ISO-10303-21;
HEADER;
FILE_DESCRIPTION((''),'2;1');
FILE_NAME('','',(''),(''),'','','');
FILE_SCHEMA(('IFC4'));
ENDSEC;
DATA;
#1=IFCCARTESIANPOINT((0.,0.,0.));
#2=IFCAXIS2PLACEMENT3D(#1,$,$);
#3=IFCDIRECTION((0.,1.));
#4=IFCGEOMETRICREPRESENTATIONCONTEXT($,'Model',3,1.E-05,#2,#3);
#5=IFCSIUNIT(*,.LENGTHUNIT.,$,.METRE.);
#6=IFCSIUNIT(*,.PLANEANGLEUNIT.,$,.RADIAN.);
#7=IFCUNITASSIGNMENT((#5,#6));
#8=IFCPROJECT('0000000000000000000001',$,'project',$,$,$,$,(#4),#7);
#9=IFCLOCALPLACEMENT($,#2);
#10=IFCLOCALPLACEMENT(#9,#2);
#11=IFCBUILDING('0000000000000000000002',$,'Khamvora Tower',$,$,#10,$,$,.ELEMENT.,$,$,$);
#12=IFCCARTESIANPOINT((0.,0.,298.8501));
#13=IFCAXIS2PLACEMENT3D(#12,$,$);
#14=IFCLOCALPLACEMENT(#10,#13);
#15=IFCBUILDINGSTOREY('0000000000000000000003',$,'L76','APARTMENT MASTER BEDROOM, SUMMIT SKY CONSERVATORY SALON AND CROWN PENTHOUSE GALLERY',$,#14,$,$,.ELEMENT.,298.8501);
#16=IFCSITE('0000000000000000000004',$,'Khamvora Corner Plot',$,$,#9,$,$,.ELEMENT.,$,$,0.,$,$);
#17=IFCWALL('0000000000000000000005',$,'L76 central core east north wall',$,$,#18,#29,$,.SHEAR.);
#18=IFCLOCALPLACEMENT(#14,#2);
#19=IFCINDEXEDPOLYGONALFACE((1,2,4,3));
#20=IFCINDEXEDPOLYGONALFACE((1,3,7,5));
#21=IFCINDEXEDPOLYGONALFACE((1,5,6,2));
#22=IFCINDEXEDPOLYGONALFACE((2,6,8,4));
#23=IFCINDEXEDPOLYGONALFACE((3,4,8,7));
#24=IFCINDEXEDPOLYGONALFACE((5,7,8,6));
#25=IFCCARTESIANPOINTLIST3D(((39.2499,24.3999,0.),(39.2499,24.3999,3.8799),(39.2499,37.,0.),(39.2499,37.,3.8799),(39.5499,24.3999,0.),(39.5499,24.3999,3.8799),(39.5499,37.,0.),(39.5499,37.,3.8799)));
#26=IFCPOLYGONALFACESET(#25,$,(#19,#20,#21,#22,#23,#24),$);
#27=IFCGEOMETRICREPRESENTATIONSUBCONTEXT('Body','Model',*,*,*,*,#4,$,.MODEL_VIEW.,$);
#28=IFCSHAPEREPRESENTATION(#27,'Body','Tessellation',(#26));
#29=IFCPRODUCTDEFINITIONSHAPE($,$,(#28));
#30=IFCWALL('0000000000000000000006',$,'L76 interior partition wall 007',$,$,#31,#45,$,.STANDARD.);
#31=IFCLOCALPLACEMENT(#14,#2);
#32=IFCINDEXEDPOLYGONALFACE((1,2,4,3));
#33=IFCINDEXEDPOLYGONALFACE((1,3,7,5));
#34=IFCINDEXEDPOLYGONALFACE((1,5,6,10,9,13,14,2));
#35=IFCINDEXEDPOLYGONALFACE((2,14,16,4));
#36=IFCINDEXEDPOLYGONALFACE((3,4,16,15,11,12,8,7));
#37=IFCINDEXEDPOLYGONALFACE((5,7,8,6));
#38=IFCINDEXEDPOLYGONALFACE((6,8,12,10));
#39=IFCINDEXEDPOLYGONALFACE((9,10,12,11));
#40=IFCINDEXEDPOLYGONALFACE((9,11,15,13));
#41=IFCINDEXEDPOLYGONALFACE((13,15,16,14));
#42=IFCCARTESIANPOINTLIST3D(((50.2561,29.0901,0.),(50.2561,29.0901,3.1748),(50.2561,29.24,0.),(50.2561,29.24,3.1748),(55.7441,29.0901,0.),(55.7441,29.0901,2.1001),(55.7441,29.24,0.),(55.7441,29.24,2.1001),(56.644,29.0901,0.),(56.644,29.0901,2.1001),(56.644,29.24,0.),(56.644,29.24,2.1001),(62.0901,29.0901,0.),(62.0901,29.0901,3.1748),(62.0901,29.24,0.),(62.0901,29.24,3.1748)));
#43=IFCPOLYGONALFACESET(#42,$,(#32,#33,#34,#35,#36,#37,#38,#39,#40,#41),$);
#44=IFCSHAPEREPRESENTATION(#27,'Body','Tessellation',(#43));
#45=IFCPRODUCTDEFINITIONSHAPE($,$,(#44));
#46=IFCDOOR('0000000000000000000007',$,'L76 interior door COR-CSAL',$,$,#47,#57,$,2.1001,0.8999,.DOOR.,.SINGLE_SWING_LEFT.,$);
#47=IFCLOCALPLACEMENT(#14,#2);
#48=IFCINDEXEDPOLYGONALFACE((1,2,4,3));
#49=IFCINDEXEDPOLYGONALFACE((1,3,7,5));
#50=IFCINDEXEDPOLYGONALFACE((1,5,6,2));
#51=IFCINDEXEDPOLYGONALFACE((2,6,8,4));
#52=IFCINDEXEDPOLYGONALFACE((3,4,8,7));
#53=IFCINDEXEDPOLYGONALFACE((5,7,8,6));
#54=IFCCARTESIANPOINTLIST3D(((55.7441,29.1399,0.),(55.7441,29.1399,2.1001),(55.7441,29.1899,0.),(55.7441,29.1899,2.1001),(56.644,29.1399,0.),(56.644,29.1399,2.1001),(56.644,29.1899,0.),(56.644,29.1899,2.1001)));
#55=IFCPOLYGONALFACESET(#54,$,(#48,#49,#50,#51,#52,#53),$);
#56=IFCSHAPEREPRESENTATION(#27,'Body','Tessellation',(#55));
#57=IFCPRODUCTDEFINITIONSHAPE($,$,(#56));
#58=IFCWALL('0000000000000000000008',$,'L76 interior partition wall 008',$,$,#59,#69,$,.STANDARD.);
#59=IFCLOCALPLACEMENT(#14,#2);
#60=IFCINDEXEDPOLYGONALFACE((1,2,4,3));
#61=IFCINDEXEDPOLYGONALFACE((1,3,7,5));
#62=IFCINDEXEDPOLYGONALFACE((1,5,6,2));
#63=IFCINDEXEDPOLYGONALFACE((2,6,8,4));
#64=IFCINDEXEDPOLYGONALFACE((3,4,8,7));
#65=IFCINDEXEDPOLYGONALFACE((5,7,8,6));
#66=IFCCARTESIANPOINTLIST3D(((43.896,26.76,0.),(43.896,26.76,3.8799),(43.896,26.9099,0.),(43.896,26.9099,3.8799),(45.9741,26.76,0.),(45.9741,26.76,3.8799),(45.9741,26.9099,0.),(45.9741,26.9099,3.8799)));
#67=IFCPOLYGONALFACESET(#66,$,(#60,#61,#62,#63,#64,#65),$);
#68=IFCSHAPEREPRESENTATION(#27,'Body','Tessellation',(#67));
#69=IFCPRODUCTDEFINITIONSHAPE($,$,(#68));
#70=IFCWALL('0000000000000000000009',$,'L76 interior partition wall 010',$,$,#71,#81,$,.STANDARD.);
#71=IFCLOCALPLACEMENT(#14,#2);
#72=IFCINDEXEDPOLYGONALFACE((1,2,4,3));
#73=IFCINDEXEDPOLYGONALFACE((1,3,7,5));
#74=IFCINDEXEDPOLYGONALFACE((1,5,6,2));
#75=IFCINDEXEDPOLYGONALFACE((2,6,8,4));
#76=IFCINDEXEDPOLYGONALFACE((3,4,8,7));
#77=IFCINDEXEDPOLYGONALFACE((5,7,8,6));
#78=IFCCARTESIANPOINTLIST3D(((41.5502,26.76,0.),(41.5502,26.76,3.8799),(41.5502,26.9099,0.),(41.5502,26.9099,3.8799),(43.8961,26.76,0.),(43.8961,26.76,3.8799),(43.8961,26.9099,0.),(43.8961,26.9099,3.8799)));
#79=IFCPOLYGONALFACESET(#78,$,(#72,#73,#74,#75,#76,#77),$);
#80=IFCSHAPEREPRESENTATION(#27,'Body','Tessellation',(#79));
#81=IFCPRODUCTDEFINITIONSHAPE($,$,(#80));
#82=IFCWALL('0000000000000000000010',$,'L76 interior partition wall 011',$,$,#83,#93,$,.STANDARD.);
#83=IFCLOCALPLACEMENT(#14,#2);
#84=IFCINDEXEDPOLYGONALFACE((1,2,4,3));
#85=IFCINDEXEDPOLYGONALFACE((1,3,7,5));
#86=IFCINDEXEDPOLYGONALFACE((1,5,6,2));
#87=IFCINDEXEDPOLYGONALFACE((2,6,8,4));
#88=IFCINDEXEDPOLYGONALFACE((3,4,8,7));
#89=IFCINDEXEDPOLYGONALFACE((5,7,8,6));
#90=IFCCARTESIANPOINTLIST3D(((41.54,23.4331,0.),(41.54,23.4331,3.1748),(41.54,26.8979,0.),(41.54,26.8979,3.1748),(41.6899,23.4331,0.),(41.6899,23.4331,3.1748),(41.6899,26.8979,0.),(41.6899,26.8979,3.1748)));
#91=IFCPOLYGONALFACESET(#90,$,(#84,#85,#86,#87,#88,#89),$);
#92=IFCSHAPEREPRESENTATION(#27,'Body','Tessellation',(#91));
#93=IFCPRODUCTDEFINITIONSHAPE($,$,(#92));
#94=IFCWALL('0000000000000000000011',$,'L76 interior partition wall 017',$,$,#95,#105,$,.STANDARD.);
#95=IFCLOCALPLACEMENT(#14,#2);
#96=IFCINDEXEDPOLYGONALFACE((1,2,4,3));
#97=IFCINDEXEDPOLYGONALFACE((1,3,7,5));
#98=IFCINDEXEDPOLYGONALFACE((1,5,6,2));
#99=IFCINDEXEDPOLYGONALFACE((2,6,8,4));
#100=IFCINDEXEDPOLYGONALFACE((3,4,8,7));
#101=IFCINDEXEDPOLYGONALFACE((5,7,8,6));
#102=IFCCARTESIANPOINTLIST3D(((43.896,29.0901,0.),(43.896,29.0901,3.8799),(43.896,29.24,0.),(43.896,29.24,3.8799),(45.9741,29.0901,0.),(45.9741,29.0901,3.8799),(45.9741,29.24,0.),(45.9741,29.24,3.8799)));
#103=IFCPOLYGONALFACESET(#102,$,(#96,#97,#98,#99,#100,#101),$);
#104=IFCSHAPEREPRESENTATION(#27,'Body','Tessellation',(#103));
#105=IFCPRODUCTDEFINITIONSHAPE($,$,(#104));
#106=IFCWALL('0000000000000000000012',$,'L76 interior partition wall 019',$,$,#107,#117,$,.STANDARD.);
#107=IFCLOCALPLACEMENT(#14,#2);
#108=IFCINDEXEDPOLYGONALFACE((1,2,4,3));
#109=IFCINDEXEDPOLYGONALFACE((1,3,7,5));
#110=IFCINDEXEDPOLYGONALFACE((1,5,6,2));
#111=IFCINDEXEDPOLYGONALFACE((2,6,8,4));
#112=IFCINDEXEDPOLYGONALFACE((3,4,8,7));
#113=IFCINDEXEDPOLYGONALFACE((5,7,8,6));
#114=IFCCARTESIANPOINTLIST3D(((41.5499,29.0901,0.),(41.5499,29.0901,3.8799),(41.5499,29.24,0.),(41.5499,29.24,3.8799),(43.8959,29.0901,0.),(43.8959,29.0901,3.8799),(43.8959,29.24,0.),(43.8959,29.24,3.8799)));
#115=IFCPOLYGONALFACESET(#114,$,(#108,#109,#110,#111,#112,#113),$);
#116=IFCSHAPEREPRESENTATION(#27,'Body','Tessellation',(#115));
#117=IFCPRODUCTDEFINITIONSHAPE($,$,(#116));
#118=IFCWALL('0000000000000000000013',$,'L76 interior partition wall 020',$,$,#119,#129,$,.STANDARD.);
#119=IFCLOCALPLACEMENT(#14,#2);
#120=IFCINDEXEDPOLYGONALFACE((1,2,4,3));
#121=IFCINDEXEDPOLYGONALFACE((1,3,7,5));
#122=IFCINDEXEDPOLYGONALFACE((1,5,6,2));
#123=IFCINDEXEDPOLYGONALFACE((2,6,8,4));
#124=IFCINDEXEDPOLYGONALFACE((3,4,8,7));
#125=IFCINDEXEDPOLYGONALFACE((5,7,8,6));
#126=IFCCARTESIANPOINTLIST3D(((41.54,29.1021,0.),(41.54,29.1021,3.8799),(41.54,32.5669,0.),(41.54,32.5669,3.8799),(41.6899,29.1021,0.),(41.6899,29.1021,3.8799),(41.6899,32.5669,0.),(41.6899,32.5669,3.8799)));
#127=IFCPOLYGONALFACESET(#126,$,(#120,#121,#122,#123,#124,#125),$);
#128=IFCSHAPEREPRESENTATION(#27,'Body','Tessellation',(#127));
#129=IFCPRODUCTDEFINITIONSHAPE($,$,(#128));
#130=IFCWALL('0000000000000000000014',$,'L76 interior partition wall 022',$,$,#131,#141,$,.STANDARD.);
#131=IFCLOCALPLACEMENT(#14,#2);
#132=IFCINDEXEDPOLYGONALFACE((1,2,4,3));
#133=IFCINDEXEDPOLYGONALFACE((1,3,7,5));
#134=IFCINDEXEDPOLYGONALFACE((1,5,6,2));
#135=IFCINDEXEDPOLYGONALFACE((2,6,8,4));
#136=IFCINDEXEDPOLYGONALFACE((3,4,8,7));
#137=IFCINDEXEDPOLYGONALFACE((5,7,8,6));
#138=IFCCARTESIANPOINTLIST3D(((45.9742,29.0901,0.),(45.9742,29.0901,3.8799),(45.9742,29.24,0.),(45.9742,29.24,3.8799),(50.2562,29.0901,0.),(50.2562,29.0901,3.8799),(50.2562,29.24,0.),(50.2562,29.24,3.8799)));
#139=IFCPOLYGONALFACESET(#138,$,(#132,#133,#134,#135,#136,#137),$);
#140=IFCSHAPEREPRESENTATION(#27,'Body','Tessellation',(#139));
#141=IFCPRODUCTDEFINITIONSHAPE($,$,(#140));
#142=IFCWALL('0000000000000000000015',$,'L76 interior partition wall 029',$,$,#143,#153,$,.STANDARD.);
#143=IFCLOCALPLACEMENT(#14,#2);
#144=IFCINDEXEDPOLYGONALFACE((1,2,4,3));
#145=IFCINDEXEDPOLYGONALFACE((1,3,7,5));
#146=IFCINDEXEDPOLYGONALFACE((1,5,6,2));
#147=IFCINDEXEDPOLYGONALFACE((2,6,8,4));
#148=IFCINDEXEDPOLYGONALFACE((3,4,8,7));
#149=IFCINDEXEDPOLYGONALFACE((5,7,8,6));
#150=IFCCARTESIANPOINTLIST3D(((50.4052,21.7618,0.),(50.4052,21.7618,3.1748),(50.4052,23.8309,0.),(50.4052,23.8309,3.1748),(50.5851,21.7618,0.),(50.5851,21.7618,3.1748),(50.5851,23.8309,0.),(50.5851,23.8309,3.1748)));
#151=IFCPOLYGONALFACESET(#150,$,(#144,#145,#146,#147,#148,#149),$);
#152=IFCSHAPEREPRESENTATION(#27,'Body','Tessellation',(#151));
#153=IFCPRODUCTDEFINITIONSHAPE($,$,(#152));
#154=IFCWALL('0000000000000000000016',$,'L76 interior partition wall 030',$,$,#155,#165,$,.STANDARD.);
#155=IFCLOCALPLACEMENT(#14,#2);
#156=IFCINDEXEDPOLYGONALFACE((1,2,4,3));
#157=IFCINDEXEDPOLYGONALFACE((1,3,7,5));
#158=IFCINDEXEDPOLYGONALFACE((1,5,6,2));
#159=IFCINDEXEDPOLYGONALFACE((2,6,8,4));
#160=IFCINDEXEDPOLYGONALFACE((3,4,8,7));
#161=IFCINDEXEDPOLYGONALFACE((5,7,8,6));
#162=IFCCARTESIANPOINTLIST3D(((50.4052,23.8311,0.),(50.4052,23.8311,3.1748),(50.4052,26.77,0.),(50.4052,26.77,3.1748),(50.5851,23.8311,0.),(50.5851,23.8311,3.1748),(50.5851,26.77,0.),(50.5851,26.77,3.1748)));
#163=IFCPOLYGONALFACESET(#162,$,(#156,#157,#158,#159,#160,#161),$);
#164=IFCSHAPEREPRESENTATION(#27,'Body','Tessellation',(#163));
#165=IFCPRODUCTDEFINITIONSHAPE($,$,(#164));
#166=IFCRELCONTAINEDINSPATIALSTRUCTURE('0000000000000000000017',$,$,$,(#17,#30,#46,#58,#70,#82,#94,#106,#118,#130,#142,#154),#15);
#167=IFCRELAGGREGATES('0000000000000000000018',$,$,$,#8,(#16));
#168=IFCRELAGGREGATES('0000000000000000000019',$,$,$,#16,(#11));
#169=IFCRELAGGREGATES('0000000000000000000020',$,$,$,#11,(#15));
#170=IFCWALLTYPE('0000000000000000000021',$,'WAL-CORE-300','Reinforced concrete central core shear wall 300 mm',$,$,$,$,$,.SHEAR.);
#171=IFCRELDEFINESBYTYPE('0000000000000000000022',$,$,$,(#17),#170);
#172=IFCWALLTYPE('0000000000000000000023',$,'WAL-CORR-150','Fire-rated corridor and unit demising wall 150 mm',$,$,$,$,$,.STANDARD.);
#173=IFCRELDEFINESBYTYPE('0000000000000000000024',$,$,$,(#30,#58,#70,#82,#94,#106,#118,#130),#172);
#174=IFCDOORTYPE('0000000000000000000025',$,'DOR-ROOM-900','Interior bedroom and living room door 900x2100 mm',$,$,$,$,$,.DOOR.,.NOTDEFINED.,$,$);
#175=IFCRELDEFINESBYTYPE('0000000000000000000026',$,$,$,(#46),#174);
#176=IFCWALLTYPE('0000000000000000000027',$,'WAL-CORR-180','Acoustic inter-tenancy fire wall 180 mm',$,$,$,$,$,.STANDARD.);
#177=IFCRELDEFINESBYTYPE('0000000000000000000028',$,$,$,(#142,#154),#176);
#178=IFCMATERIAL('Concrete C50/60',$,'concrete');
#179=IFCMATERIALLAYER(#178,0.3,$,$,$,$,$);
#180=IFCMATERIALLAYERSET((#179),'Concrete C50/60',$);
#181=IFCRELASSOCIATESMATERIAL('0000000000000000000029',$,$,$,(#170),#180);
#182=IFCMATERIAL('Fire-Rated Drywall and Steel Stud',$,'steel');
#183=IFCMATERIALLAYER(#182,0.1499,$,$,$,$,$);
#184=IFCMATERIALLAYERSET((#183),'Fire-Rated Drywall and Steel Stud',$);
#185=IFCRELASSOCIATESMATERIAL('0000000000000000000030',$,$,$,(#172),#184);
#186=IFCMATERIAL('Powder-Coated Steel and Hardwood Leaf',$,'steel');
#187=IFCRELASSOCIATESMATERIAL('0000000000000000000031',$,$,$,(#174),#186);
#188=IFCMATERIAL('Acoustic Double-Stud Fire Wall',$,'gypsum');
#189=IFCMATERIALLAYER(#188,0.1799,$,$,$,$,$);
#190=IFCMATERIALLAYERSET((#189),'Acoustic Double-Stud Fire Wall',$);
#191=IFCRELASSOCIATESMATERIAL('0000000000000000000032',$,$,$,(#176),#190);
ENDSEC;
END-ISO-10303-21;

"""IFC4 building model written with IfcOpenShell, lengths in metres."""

from ifc_helpers import new_model, si_unit, direction, frame, frame_2d, origin, place, context, subcontext, project, spatial, rectangle, extrude, material, layer, layer_set, type_object, element, fill, save


model = new_model("IFC4")

# Units and contexts
model_context = context("Model", 3, precision=1e-05, world=origin(), true_north=direction((0.0, 1.0)))
body_context = subcontext(model_context, "Body", "Model", "MODEL_VIEW")
ifc_project = project(units=[si_unit("LENGTHUNIT", "METRE"), si_unit("PLANEANGLEUNIT", "RADIAN")], contexts=[model_context])

# Site, building, storey
site_placement = place(None, origin())
site = spatial("IfcSite", under=ifc_project, at=site_placement, Name="Khamvora Corner Plot", CompositionType="ELEMENT", RefElevation=0.0)
building_placement = place(site_placement, origin())
building = spatial("IfcBuilding", under=site, at=building_placement, Name="Khamvora Tower", CompositionType="ELEMENT")
storey_placement = place(building_placement, frame((0.0, 0.0, 298.8501)))
storey = spatial("IfcBuildingStorey", under=building, at=storey_placement, Name="L76", Description="APARTMENT MASTER BEDROOM, SUMMIT SKY CONSERVATORY SALON AND CROWN PENTHOUSE GALLERY", CompositionType="ELEMENT", Elevation=298.8501)

# Wall
ifc_material_1 = material(Name="Concrete C50/60", Category="concrete")
ifc_layer_1 = layer(ifc_material_1, 0.3)
ifc_layer_set_1 = layer_set([ifc_layer_1], Name="Concrete C50/60")
wall_type_1 = type_object("IfcWallType", Name="WAL-CORE-300", Description="Reinforced concrete central core shear wall 300 mm", PredefinedType="SHEAR", material=ifc_layer_set_1)
wall_1_placement = place(storey_placement, frame((39.3999, 24.3999, 0.0), z_axis=(0.0, 0.0, 1.0), x_axis=(0.0, 1.0, 0.0)))
element("IfcWall", 1, at=wall_1_placement, inside=storey, type_object=wall_type_1, Name="L76 central core east north wall", PredefinedType="SHEAR", context=body_context, shape_type="SweptSolid", body=[
    extrude(rectangle(XDim=12.6001, YDim=0.3, at=frame_2d((6.3, 0.0))), origin(), (0.0, 0.0, 1.0), 3.8799),
])

# Wall, opening, door
ifc_material_2 = material(Name="Fire-Rated Drywall and Steel Stud", Category="steel")
ifc_layer_2 = layer(ifc_material_2, 0.1499)
ifc_layer_set_2 = layer_set([ifc_layer_2], Name="Fire-Rated Drywall and Steel Stud")
wall_type_2 = type_object("IfcWallType", Name="WAL-CORR-150", Description="Fire-rated corridor and unit demising wall 150 mm", PredefinedType="STANDARD", material=ifc_layer_set_2)
wall_2_placement = place(storey_placement, frame((50.2561, 29.165, 0.0), z_axis=(0.0, 0.0, 1.0), x_axis=(1.0, 0.0, 0.0)))
wall_2 = element("IfcWall", 2, at=wall_2_placement, inside=storey, type_object=wall_type_2, Name="L76 interior partition wall 007", PredefinedType="STANDARD", context=body_context, shape_type="SweptSolid", body=[
    extrude(rectangle(XDim=11.834, YDim=0.1499, at=frame_2d((5.917, 0.0))), origin(), (0.0, 0.0, 1.0), 3.1748),
])
opening_1_placement = place(wall_2_placement, frame((5.488, 0.0, 0.0)))
opening_1 = element("IfcOpeningElement", 3, at=opening_1_placement, cuts=wall_2, PredefinedType="OPENING", context=body_context, shape_type="SweptSolid", body=[
    extrude(rectangle(XDim=0.8999, YDim=2.1001, at=frame_2d((0.45, 1.05))), frame((0.0, 0.085, 0.0), z_axis=(0.0, -1.0, 0.0), x_axis=(1.0, 0.0, 0.0)), (0.0, 0.0, 1.0), 0.1699),
])
ifc_material_3 = material(Name="Powder-Coated Steel and Hardwood Leaf", Category="steel")
door_type_1 = type_object("IfcDoorType", Name="DOR-ROOM-900", Description="Interior bedroom and living room door 900x2100 mm", OperationType="NOTDEFINED", PredefinedType="DOOR", material=ifc_material_3)
door_1_placement = place(opening_1_placement, origin())
door_1 = element("IfcDoor", 4, at=door_1_placement, inside=storey, type_object=door_type_1, Name="L76 interior door COR-CSAL", OperationType="SINGLE_SWING_LEFT", OverallHeight=2.1001, OverallWidth=0.8999, PredefinedType="DOOR", context=body_context, shape_type="SweptSolid", body=[
    extrude(rectangle(XDim=0.8999, YDim=2.1001, at=frame_2d((0.45, 1.05))), frame((0.0, 0.0249, 0.0), z_axis=(0.0, -1.0, 0.0), x_axis=(1.0, 0.0, 0.0)), (0.0, 0.0, 1.0), 0.05),
])
fill(opening_1, door_1)

# Wall
wall_3_placement = place(storey_placement, frame((45.9741, 26.835, 0.0), z_axis=(0.0, 0.0, 1.0), x_axis=(-1.0, 0.0, 0.0)))
element("IfcWall", 5, at=wall_3_placement, inside=storey, type_object=wall_type_2, Name="L76 interior partition wall 008", PredefinedType="STANDARD", context=body_context, shape_type="SweptSolid", body=[
    extrude(rectangle(XDim=2.0781, YDim=0.1499, at=frame_2d((1.0391, 0.0))), origin(), (0.0, 0.0, 1.0), 3.8799),
])

# Walls
wall_4_placement = place(storey_placement, frame((43.896, 26.835, 0.0), z_axis=(0.0, 0.0, 1.0), x_axis=(-1.0, 0.0, 0.0)))
element("IfcWall", 6, at=wall_4_placement, inside=storey, type_object=wall_type_2, Name="L76 interior partition wall 010", PredefinedType="STANDARD", context=body_context, shape_type="SweptSolid", body=[
    extrude(rectangle(XDim=2.3459, YDim=0.1499, at=frame_2d((1.1729, 0.0))), origin(), (0.0, 0.0, 1.0), 3.8799),
])
wall_5_placement = place(storey_placement, frame((41.615, 26.8979, 0.0), z_axis=(0.0, 0.0, 1.0), x_axis=(0.0, -1.0, 0.0)))
element("IfcWall", 7, at=wall_5_placement, inside=storey, type_object=wall_type_2, Name="L76 interior partition wall 011", PredefinedType="STANDARD", context=body_context, shape_type="SweptSolid", body=[
    extrude(rectangle(XDim=3.4648, YDim=0.1499, at=frame_2d((1.7324, 0.0))), origin(), (0.0, 0.0, 1.0), 3.1748),
])
wall_6_placement = place(storey_placement, frame((43.896, 29.165, 0.0), z_axis=(0.0, 0.0, 1.0), x_axis=(1.0, 0.0, 0.0)))
element("IfcWall", 8, at=wall_6_placement, inside=storey, type_object=wall_type_2, Name="L76 interior partition wall 017", PredefinedType="STANDARD", context=body_context, shape_type="SweptSolid", body=[
    extrude(rectangle(XDim=2.0781, YDim=0.1499, at=frame_2d((1.0391, 0.0))), origin(), (0.0, 0.0, 1.0), 3.8799),
])
wall_7_placement = place(storey_placement, frame((41.55, 29.165, 0.0), z_axis=(0.0, 0.0, 1.0), x_axis=(1.0, 0.0, 0.0)))
element("IfcWall", 9, at=wall_7_placement, inside=storey, type_object=wall_type_2, Name="L76 interior partition wall 019", PredefinedType="STANDARD", context=body_context, shape_type="SweptSolid", body=[
    extrude(rectangle(XDim=2.3459, YDim=0.1499, at=frame_2d((1.1729, 0.0))), origin(), (0.0, 0.0, 1.0), 3.8799),
])
wall_8_placement = place(storey_placement, frame((41.615, 32.5669, 0.0), z_axis=(0.0, 0.0, 1.0), x_axis=(0.0, -1.0, 0.0)))
element("IfcWall", 10, at=wall_8_placement, inside=storey, type_object=wall_type_2, Name="L76 interior partition wall 020", PredefinedType="STANDARD", context=body_context, shape_type="SweptSolid", body=[
    extrude(rectangle(XDim=3.4648, YDim=0.1499, at=frame_2d((1.7324, 0.0))), origin(), (0.0, 0.0, 1.0), 3.8799),
])
wall_9_placement = place(storey_placement, frame((45.9741, 29.165, 0.0), z_axis=(0.0, 0.0, 1.0), x_axis=(1.0, 0.0, 0.0)))
element("IfcWall", 11, at=wall_9_placement, inside=storey, type_object=wall_type_2, Name="L76 interior partition wall 022", PredefinedType="STANDARD", context=body_context, shape_type="SweptSolid", body=[
    extrude(rectangle(XDim=4.282, YDim=0.1499, at=frame_2d((2.1411, 0.0))), origin(), (0.0, 0.0, 1.0), 3.8799),
])
ifc_material_4 = material(Name="Acoustic Double-Stud Fire Wall", Category="gypsum")
ifc_layer_3 = layer(ifc_material_4, 0.1799)
ifc_layer_set_3 = layer_set([ifc_layer_3], Name="Acoustic Double-Stud Fire Wall")
wall_type_3 = type_object("IfcWallType", Name="WAL-CORR-180", Description="Acoustic inter-tenancy fire wall 180 mm", PredefinedType="STANDARD", material=ifc_layer_set_3)
wall_10_placement = place(storey_placement, frame((50.4951, 23.8311, 0.0), z_axis=(0.0, 0.0, 1.0), x_axis=(0.0, -1.0, 0.0)))
element("IfcWall", 12, at=wall_10_placement, inside=storey, type_object=wall_type_3, Name="L76 interior partition wall 029", PredefinedType="STANDARD", context=body_context, shape_type="SweptSolid", body=[
    extrude(rectangle(XDim=2.0691, YDim=0.1799, at=frame_2d((1.0347, 0.0))), origin(), (0.0, 0.0, 1.0), 3.1748),
])
wall_11_placement = place(storey_placement, frame((50.4951, 26.77, 0.0), z_axis=(0.0, 0.0, 1.0), x_axis=(0.0, -1.0, 0.0)))
element("IfcWall", 13, at=wall_11_placement, inside=storey, type_object=wall_type_3, Name="L76 interior partition wall 030", PredefinedType="STANDARD", context=body_context, shape_type="SweptSolid", body=[
    extrude(rectangle(XDim=2.939, YDim=0.1799, at=frame_2d((1.4695, 0.0))), origin(), (0.0, 0.0, 1.0), 3.1748),
])

save(model, "model.ifc")
